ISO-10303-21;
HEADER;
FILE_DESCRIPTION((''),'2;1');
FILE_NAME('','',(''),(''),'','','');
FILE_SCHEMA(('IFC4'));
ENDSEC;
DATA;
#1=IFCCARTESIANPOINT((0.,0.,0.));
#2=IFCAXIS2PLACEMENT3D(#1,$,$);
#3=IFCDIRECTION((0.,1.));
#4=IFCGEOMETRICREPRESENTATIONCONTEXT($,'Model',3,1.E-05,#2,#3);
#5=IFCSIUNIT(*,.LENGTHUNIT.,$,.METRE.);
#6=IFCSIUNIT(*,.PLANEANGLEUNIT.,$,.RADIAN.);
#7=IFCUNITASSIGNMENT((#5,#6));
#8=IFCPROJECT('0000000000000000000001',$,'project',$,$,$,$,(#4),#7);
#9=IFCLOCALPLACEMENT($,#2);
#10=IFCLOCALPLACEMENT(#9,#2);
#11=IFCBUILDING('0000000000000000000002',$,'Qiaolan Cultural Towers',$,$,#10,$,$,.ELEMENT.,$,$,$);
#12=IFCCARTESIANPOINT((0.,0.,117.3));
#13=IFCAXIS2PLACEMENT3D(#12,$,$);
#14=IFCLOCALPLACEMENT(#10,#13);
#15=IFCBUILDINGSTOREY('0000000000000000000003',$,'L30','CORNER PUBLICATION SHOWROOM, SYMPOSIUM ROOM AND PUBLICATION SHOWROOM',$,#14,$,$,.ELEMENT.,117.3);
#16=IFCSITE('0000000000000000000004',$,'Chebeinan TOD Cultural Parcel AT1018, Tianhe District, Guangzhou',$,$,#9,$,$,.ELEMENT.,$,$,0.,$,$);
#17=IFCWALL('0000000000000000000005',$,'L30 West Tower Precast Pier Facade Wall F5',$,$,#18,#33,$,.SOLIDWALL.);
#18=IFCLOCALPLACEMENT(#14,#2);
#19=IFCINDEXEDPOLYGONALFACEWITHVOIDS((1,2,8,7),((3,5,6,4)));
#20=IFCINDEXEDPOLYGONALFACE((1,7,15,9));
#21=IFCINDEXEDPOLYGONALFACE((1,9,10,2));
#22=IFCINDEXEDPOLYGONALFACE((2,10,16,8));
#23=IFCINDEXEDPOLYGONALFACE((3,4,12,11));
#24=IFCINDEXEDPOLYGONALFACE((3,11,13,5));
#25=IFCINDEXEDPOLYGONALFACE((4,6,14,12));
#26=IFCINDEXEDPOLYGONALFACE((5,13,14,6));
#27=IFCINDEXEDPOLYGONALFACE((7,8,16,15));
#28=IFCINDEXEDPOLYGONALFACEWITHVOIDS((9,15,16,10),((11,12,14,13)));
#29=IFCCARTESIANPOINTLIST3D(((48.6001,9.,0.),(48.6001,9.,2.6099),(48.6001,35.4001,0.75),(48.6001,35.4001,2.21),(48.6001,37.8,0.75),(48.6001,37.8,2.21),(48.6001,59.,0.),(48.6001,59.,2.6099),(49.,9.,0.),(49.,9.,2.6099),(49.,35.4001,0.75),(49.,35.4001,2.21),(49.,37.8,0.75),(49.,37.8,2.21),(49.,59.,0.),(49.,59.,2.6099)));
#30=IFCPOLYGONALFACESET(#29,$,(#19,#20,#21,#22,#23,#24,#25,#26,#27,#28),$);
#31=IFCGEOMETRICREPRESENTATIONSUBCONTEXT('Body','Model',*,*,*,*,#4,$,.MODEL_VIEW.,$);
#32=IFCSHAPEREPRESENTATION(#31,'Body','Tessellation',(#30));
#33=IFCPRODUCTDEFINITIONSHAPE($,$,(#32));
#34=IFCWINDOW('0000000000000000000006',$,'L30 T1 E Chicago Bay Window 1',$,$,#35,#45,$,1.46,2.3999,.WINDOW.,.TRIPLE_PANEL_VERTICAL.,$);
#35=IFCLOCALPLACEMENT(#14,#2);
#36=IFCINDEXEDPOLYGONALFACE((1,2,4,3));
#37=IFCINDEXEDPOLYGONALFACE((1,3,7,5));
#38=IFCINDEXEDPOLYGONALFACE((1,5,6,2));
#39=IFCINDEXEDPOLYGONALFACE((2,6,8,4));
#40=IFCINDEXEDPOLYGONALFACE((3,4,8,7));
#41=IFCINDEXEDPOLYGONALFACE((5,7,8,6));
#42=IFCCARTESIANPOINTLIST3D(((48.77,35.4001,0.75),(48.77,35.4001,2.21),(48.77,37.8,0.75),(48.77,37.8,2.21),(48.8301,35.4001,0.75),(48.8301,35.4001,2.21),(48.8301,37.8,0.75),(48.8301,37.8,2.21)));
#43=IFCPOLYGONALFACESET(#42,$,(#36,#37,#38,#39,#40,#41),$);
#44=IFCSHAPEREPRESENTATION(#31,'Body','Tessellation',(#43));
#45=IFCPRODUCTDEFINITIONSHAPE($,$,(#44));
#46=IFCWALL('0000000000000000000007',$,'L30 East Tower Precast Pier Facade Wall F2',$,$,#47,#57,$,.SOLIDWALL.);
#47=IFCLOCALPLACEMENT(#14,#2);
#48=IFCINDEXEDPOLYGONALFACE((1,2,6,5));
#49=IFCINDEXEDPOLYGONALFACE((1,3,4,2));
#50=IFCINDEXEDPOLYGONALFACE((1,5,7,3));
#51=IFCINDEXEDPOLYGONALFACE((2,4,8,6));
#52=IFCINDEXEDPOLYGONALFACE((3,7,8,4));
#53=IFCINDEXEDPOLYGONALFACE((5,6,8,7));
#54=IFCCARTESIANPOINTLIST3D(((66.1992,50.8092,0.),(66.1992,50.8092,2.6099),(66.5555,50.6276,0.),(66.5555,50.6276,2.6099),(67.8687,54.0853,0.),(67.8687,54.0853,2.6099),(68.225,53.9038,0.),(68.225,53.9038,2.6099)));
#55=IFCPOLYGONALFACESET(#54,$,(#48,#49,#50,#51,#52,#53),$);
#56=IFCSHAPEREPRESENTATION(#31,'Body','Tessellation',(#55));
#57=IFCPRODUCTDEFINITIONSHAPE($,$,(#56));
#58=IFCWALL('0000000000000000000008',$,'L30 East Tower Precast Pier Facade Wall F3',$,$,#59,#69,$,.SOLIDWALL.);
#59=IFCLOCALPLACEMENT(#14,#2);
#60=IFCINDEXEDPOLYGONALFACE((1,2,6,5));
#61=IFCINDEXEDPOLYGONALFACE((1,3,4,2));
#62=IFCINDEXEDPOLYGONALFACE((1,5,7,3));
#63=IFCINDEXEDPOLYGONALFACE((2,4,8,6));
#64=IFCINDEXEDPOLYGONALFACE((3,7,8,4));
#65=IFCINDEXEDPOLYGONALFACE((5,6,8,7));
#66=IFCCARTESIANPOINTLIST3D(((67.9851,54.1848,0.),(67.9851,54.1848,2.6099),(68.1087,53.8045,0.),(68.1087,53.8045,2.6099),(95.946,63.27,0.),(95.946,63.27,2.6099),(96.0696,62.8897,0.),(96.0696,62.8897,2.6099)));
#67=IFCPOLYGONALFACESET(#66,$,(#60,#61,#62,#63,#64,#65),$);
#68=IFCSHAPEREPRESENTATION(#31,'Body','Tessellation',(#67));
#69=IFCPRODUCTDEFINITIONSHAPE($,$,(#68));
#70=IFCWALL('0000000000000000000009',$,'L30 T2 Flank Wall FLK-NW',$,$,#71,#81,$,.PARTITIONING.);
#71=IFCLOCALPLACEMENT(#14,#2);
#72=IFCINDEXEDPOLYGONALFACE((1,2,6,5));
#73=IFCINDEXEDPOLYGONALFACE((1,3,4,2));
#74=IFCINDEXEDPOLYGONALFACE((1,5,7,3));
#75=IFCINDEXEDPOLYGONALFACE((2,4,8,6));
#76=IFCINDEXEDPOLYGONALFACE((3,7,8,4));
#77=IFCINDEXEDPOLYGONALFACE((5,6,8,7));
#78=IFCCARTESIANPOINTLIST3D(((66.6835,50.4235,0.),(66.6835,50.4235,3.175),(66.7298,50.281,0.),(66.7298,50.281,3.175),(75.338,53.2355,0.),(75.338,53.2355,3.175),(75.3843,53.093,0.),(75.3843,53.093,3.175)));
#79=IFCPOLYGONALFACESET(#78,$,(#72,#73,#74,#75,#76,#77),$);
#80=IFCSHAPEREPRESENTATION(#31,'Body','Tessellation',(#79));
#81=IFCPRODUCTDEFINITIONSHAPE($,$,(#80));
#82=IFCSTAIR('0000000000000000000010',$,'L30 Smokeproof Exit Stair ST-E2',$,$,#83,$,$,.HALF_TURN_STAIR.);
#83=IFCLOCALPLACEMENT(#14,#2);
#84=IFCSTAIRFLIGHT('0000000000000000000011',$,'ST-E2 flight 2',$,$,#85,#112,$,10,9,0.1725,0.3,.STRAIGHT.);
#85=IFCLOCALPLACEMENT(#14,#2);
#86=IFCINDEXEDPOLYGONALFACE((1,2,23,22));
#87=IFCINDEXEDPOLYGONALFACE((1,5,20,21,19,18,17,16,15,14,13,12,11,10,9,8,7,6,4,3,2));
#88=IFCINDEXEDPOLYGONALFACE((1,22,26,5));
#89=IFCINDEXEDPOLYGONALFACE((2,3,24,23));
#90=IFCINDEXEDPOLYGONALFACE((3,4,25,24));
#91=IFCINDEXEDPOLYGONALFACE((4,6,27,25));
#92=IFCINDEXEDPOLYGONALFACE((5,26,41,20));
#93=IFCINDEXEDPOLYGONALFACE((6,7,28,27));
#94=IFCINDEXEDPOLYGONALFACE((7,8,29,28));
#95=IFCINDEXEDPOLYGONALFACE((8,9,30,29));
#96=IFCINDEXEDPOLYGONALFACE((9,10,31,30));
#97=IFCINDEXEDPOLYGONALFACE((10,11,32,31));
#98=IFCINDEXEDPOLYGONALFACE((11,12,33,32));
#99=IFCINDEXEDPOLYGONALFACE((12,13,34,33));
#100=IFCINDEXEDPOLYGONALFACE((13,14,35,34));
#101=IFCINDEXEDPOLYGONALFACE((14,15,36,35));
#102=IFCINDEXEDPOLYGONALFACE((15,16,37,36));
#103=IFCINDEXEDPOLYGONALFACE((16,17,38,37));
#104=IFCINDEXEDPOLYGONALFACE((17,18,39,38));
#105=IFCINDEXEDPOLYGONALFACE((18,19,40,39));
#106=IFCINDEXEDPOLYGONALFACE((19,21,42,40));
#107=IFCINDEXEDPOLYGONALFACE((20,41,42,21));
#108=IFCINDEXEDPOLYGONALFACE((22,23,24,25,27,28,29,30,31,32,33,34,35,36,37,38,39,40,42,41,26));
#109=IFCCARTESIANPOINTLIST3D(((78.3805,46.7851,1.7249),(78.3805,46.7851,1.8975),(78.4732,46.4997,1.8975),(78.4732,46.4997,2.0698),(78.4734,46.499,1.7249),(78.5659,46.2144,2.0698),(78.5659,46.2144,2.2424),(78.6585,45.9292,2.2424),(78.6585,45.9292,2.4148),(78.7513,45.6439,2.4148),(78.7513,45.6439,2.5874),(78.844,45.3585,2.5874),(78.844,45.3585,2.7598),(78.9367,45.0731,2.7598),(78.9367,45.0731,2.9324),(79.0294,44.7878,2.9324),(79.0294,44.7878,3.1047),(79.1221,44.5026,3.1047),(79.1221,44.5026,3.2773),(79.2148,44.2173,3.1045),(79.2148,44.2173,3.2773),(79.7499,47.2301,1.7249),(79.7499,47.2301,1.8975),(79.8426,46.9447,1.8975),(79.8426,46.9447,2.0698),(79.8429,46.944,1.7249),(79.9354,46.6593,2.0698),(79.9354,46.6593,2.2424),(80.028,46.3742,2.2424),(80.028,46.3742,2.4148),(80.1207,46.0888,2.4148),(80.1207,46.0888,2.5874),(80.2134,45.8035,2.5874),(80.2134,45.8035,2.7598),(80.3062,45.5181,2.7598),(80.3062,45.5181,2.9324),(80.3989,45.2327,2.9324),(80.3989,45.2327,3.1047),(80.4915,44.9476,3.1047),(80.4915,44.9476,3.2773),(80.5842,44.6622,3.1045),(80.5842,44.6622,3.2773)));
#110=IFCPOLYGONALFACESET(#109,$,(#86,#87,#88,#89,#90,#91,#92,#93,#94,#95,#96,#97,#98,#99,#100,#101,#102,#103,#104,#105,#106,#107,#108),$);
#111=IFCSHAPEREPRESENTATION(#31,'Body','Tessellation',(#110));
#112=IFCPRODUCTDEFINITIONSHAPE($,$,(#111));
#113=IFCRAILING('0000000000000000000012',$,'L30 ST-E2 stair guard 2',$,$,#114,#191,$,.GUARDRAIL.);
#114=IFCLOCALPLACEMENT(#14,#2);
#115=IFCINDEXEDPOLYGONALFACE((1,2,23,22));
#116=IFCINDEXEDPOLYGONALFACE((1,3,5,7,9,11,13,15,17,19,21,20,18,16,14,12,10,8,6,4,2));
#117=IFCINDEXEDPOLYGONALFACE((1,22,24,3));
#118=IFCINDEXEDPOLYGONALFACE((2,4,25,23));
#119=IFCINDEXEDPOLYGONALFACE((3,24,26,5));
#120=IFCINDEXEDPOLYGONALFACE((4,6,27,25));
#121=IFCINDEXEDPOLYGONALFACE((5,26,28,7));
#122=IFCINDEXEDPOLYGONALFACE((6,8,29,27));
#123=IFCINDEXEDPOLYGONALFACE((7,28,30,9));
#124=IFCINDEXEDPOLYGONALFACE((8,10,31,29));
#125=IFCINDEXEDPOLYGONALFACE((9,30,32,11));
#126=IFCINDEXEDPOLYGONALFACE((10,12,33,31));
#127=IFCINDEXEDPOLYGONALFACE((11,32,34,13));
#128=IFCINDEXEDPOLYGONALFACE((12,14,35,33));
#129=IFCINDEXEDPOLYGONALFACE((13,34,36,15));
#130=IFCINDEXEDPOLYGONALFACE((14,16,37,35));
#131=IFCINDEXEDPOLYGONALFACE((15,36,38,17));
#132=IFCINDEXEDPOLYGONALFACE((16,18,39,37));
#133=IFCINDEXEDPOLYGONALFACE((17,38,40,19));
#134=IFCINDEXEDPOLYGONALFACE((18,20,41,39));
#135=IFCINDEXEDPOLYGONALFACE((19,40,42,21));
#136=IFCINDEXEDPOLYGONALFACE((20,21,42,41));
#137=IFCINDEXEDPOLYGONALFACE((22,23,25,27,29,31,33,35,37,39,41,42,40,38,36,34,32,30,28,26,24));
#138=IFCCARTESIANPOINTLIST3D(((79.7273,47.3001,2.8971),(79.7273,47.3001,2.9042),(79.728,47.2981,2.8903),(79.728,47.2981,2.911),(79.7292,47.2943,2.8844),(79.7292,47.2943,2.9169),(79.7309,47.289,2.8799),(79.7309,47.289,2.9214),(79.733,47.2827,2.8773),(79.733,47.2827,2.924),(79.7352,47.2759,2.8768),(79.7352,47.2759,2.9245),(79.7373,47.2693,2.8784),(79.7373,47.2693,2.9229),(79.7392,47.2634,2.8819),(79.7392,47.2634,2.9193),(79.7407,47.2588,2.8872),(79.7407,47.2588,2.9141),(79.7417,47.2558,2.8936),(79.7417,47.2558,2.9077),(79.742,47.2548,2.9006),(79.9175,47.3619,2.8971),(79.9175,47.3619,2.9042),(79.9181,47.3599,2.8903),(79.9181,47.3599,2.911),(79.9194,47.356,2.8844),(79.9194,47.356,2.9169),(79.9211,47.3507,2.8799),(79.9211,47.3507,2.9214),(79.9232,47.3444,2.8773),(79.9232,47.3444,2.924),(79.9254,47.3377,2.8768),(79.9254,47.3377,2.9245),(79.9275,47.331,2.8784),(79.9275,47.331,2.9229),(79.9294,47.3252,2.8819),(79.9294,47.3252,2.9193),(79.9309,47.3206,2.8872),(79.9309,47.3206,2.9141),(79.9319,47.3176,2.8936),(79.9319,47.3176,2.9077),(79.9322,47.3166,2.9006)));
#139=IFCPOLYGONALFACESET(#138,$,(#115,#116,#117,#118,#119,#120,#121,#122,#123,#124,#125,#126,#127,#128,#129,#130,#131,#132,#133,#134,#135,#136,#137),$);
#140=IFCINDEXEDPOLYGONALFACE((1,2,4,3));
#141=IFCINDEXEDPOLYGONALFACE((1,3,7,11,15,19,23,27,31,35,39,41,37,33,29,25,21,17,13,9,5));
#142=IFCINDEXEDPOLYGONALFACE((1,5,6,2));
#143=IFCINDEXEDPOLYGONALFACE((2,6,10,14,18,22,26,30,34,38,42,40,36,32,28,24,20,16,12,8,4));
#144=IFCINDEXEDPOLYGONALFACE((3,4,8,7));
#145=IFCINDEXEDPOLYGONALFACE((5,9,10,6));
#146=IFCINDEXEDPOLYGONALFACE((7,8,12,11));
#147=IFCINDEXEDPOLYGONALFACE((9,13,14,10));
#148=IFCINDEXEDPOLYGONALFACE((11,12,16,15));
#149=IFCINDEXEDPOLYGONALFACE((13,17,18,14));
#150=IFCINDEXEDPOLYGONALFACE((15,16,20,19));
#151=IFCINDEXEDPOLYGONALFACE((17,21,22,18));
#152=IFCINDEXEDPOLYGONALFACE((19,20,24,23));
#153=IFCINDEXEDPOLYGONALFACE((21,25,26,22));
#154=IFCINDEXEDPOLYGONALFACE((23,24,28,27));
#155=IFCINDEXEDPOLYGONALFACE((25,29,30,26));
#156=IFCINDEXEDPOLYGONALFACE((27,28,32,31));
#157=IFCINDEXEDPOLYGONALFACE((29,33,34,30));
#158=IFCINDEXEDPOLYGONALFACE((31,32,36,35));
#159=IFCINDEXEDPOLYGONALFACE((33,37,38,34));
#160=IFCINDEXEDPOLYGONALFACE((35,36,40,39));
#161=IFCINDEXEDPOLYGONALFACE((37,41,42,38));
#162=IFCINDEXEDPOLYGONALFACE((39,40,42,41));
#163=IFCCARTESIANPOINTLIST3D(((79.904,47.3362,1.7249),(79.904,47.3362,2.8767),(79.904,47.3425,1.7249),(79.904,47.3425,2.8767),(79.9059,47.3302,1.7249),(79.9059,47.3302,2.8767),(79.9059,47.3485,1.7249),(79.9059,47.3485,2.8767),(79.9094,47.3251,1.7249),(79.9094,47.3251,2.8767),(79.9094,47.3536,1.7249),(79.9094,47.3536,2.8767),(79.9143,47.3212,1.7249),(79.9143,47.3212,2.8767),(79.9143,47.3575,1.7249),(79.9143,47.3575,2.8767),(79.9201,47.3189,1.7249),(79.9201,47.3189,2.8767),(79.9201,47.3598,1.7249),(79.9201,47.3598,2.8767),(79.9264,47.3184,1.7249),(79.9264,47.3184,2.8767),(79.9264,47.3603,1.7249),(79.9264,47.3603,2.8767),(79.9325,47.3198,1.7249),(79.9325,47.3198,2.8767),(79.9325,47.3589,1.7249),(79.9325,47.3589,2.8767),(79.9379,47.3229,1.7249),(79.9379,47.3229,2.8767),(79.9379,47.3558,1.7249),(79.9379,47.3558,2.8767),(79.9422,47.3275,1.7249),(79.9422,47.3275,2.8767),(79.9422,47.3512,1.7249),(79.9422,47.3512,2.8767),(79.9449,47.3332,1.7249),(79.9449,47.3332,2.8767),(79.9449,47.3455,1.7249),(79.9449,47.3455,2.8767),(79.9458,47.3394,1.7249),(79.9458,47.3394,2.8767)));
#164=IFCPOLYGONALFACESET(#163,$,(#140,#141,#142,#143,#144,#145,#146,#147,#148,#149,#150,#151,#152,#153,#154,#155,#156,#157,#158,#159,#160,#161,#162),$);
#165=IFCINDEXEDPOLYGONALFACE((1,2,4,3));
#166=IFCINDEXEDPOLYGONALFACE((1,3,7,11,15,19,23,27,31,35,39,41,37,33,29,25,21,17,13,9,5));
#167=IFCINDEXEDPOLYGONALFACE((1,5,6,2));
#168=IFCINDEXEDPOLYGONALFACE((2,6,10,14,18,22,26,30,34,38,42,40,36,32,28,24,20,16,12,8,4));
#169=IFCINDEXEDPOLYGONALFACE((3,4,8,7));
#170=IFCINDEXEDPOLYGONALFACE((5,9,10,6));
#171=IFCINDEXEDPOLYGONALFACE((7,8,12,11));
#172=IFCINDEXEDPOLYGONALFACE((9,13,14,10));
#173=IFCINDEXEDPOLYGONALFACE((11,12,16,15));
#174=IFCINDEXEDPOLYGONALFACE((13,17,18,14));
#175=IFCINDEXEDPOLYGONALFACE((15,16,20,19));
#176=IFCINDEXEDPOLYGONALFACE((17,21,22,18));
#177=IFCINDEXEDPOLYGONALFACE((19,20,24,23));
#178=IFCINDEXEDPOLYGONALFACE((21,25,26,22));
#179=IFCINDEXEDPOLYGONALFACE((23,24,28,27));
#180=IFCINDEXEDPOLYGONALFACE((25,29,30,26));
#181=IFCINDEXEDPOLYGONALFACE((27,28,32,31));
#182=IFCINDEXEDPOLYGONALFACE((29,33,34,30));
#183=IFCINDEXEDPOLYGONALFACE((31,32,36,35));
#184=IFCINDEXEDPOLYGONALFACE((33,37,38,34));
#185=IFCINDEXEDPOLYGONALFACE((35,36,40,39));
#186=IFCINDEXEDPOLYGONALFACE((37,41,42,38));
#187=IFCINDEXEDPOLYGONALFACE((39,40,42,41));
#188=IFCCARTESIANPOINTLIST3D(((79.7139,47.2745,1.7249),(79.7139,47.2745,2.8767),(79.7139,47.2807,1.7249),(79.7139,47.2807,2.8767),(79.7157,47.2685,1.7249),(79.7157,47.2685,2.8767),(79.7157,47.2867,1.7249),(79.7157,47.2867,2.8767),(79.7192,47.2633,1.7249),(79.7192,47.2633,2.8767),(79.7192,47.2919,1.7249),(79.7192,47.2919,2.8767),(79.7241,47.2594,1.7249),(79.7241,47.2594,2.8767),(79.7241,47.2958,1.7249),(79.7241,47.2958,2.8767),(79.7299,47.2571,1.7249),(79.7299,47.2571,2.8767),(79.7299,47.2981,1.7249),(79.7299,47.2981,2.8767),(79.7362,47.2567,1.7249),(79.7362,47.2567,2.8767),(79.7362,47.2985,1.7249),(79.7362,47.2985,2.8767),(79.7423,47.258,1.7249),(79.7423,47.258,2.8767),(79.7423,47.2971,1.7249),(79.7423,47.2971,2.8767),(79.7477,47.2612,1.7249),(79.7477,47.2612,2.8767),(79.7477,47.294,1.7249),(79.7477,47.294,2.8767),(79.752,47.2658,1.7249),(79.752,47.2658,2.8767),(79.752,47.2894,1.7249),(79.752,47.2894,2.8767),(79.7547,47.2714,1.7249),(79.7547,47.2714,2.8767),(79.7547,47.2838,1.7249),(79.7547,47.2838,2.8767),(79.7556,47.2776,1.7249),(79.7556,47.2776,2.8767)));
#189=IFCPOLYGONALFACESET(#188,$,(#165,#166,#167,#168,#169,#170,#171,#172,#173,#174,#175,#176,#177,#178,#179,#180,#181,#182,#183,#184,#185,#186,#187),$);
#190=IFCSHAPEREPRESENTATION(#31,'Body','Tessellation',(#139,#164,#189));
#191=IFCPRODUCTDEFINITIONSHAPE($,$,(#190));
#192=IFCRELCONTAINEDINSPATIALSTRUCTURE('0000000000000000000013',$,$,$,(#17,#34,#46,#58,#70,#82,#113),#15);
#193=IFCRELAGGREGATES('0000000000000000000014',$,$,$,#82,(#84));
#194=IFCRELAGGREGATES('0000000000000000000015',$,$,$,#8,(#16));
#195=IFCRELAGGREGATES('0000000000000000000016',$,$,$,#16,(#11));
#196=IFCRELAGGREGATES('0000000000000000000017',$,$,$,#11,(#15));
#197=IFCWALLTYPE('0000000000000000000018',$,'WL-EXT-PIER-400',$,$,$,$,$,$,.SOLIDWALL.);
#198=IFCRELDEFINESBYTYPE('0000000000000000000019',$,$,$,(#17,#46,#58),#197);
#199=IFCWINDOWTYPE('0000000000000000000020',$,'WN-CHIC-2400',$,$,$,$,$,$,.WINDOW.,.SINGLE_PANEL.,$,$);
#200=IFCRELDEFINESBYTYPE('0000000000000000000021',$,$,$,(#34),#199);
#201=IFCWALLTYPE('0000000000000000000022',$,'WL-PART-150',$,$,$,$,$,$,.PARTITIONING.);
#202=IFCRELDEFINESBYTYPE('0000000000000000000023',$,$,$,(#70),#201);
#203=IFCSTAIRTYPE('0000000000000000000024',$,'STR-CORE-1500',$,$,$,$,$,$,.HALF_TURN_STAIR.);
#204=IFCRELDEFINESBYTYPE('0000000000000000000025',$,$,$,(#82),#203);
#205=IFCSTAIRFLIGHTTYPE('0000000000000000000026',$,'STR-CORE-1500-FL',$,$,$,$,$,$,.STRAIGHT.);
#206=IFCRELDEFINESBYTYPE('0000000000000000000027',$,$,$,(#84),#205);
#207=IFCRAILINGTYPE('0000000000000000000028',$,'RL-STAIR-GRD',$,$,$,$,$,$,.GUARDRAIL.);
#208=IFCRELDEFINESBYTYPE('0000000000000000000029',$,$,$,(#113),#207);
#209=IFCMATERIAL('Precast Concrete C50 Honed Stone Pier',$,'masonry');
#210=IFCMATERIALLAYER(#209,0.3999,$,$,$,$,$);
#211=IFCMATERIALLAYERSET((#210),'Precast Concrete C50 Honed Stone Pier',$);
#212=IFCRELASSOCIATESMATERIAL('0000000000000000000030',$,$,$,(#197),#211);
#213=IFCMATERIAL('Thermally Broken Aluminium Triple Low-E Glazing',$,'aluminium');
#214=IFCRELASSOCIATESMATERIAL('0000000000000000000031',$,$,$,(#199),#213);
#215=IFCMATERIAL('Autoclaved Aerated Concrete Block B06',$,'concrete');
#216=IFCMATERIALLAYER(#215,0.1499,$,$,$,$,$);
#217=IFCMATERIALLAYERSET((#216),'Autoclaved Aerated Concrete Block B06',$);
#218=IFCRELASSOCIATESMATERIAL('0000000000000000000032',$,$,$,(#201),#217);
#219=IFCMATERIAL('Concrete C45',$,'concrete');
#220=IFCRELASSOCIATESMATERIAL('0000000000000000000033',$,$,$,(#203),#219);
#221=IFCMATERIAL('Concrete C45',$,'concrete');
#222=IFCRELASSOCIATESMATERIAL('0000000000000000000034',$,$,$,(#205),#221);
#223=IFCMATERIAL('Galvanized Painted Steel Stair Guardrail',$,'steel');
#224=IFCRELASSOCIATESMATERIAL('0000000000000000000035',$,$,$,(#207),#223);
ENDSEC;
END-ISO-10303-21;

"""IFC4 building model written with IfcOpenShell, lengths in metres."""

from ifc_helpers import new_model, si_unit, direction, frame, frame_2d, origin, origin_2d, place, context, subcontext, project, spatial, polyline, rectangle, circle, outline, extrude, material, layer, layer_set, type_object, element, fill, aggregate, save


model = new_model("IFC4")

# Units and contexts
model_context = context("Model", 3, precision=1e-05, world=origin(), true_north=direction((0.0, 1.0)))
body_context = subcontext(model_context, "Body", "Model", "MODEL_VIEW")
ifc_project = project(units=[si_unit("LENGTHUNIT", "METRE"), si_unit("PLANEANGLEUNIT", "RADIAN")], contexts=[model_context])

# Site, building, storey
site_placement = place(None, origin())
site = spatial("IfcSite", under=ifc_project, at=site_placement, Name="Chebeinan TOD Cultural Parcel AT1018, Tianhe District, Guangzhou", CompositionType="ELEMENT", RefElevation=0.0)
building_placement = place(site_placement, origin())
building = spatial("IfcBuilding", under=site, at=building_placement, Name="Qiaolan Cultural Towers", CompositionType="ELEMENT")
storey_placement = place(building_placement, frame((0.0, 0.0, 117.3)))
storey = spatial("IfcBuildingStorey", under=building, at=storey_placement, Name="L30", Description="CORNER PUBLICATION SHOWROOM, SYMPOSIUM ROOM AND PUBLICATION SHOWROOM", CompositionType="ELEMENT", Elevation=117.3)

# Wall, opening, window
ifc_material_1 = material(Name="Precast Concrete C50 Honed Stone Pier", Category="masonry")
ifc_layer_1 = layer(ifc_material_1, 0.3999)
ifc_layer_set_1 = layer_set([ifc_layer_1], Name="Precast Concrete C50 Honed Stone Pier")
wall_type_1 = type_object("IfcWallType", Name="WL-EXT-PIER-400", PredefinedType="SOLIDWALL", material=ifc_layer_set_1)
wall_1_placement = place(storey_placement, frame((48.8, 59.0, 0.0), z_axis=(0.0, 0.0, 1.0), x_axis=(0.0, -1.0, 0.0)))
wall_1 = element("IfcWall", 1, at=wall_1_placement, inside=storey, type_object=wall_type_1, Name="L30 West Tower Precast Pier Facade Wall F5", PredefinedType="SOLIDWALL", context=body_context, shape_type="SweptSolid", body=[
    extrude(rectangle(XDim=50.0, YDim=0.3999, at=frame_2d((25.0, 0.0))), origin(), (0.0, 0.0, 1.0), 2.6099),
])
opening_placement = place(wall_1_placement, frame((21.2, 0.0, 0.75)))
opening = element("IfcOpeningElement", 2, at=opening_placement, cuts=wall_1, PredefinedType="OPENING", context=body_context, shape_type="SweptSolid", body=[
    extrude(rectangle(XDim=2.3999, YDim=1.46, at=frame_2d((1.2, 0.73))), frame((0.0, 0.21, 0.0), z_axis=(0.0, -1.0, 0.0), x_axis=(1.0, 0.0, 0.0)), (0.0, 0.0, 1.0), 0.4199),
])
ifc_material_2 = material(Name="Thermally Broken Aluminium Triple Low-E Glazing", Category="aluminium")
window_type = type_object("IfcWindowType", Name="WN-CHIC-2400", PartitioningType="SINGLE_PANEL", PredefinedType="WINDOW", material=ifc_material_2)
window_placement = place(opening_placement, origin())
window = element("IfcWindow", 3, at=window_placement, inside=storey, type_object=window_type, Name="L30 T1 E Chicago Bay Window 1", OverallHeight=1.46, OverallWidth=2.3999, PartitioningType="TRIPLE_PANEL_VERTICAL", PredefinedType="WINDOW", context=body_context, shape_type="SweptSolid", body=[
    extrude(rectangle(XDim=2.3999, YDim=1.46, at=frame_2d((1.2, 0.73))), frame((0.0, 0.03, 0.0), z_axis=(0.0, -1.0, 0.0), x_axis=(1.0, 0.0, 0.0)), (0.0, 0.0, 1.0), 0.0601),
])
fill(opening, window)

# Walls
wall_2_placement = place(storey_placement, frame((66.3774, 50.7185, 0.0), z_axis=(0.0, 0.0, 1.0), x_axis=(0.454026, 0.890988, 0.0)))
element("IfcWall", 4, at=wall_2_placement, inside=storey, type_object=wall_type_1, Name="L30 East Tower Precast Pier Facade Wall F2", PredefinedType="SOLIDWALL", context=body_context, shape_type="SweptSolid", body=[
    extrude(rectangle(XDim=3.677, YDim=0.3999, at=frame_2d((1.8384, 0.0))), origin(), (0.0, 0.0, 1.0), 2.6099),
])
wall_3_placement = place(storey_placement, frame((68.0469, 53.9946, 0.0), z_axis=(0.0, 0.0, 1.0), x_axis=(0.951055, 0.309021, 0.0)))
element("IfcWall", 5, at=wall_3_placement, inside=storey, type_object=wall_type_1, Name="L30 East Tower Precast Pier Facade Wall F3", PredefinedType="SOLIDWALL", context=body_context, shape_type="SweptSolid", body=[
    extrude(rectangle(XDim=29.3999, YDim=0.3999, at=frame_2d((14.7, 0.0))), origin(), (0.0, 0.0, 1.0), 2.6099),
])
ifc_material_3 = material(Name="Autoclaved Aerated Concrete Block B06", Category="concrete")
ifc_layer_2 = layer(ifc_material_3, 0.1499)
ifc_layer_set_2 = layer_set([ifc_layer_2], Name="Autoclaved Aerated Concrete Block B06")
wall_type_2 = type_object("IfcWallType", Name="WL-PART-150", PredefinedType="PARTITIONING", material=ifc_layer_set_2)
wall_4_placement = place(storey_placement, frame((66.7068, 50.3523, 0.0), z_axis=(0.0, 0.0, 1.0), x_axis=(0.951057, 0.309015, 0.0)))
element("IfcWall", 6, at=wall_4_placement, inside=storey, type_object=wall_type_2, Name="L30 T2 Flank Wall FLK-NW", PredefinedType="PARTITIONING", context=body_context, shape_type="SweptSolid", body=[
    extrude(rectangle(XDim=9.0999, YDim=0.1499, at=frame_2d((4.5498, 0.0))), origin(), (0.0, 0.0, 1.0), 3.175),
])

# Stair, stair flight
ifc_material_4 = material(Name="Concrete C45", Category="concrete")
stair_type = type_object("IfcStairType", Name="STR-CORE-1500", PredefinedType="HALF_TURN_STAIR", material=ifc_material_4)
stair_placement = place(storey_placement, origin())
stair = element("IfcStair", 7, at=stair_placement, inside=storey, type_object=stair_type, Name="L30 Smokeproof Exit Stair ST-E2", PredefinedType="HALF_TURN_STAIR")
ifc_material_5 = material(Name="Concrete C45", Category="concrete")
stair_flight_type = type_object("IfcStairFlightType", Name="STR-CORE-1500-FL", PredefinedType="STRAIGHT", material=ifc_material_5)
stair_flight_placement = place(storey_placement, frame((79.0652, 47.0076, 1.7249), z_axis=(0.0, 0.0, 1.0), x_axis=(0.309017, -0.951057, 0.0)))
stair_flight = element("IfcStairFlight", 8, at=stair_flight_placement, type_object=stair_flight_type, Name="ST-E2 flight 2", NumberOfRisers=10, NumberOfTreads=9, PredefinedType="STRAIGHT", RiserHeight=0.1725, TreadLength=0.3, context=body_context, shape_type="SweptSolid", body=[
    extrude(outline(polyline([(0.0, 0.0), (0.0, 0.1726), (0.3, 0.1726), (0.3, 0.345), (0.6001, 0.345), (0.6001, 0.5176), (0.8999, 0.5176), (0.8999, 0.6899), (1.2, 0.6899), (1.2, 0.8625), (1.5, 0.8625), (1.5, 1.0349), (1.8, 1.0349), (1.8, 1.2075), (2.1001, 1.2075), (2.1001, 1.3799), (2.3999, 1.3799), (2.3999, 1.5525), (2.7, 1.5525), (2.7, 1.7251), (2.7, 1.3796), (0.3008, 0.0), (0.0, 0.0)])), frame((0.0, 0.72, 0.0), z_axis=(0.0, -1.0, 0.0), x_axis=(1.0, 0.0, 0.0)), (0.0, 0.0, 1.0), 1.4399),
])
aggregate(stair, [stair_flight])

# Railing
ifc_material_6 = material(Name="Galvanized Painted Steel Stair Guardrail", Category="steel")
railing_type_1 = type_object("IfcRailingType", Name="RL-STAIR-GRD", PredefinedType="GUARDRAIL", material=ifc_material_6)
railing_1_placement = place(storey_placement, frame((79.9248, 47.3394, 1.7249)))
element("IfcRailing", 9, at=railing_1_placement, inside=storey, type_object=railing_type_1, Name="L30 ST-E2 stair guard 2", PredefinedType="GUARDRAIL", context=body_context, shape_type="SweptSolid", body=[
    extrude(circle(Radius=0.0239, at=origin_2d()), frame((0.0, 0.0, 1.1758), z_axis=(-0.951097, -0.308893, 0.0), x_axis=(0.308893, -0.951097, 0.0)), (0.0, 0.0, 1.0), 0.2),
    extrude(circle(Radius=0.021, at=origin_2d()), origin(), (0.0, 0.0, 1.0), 1.1519),
    extrude(circle(Radius=0.021, at=origin_2d()), frame((-0.1902, -0.0618, 0.0)), (0.0, 0.0, 1.0), 1.1519),
])

save(model, "model.ifc")
